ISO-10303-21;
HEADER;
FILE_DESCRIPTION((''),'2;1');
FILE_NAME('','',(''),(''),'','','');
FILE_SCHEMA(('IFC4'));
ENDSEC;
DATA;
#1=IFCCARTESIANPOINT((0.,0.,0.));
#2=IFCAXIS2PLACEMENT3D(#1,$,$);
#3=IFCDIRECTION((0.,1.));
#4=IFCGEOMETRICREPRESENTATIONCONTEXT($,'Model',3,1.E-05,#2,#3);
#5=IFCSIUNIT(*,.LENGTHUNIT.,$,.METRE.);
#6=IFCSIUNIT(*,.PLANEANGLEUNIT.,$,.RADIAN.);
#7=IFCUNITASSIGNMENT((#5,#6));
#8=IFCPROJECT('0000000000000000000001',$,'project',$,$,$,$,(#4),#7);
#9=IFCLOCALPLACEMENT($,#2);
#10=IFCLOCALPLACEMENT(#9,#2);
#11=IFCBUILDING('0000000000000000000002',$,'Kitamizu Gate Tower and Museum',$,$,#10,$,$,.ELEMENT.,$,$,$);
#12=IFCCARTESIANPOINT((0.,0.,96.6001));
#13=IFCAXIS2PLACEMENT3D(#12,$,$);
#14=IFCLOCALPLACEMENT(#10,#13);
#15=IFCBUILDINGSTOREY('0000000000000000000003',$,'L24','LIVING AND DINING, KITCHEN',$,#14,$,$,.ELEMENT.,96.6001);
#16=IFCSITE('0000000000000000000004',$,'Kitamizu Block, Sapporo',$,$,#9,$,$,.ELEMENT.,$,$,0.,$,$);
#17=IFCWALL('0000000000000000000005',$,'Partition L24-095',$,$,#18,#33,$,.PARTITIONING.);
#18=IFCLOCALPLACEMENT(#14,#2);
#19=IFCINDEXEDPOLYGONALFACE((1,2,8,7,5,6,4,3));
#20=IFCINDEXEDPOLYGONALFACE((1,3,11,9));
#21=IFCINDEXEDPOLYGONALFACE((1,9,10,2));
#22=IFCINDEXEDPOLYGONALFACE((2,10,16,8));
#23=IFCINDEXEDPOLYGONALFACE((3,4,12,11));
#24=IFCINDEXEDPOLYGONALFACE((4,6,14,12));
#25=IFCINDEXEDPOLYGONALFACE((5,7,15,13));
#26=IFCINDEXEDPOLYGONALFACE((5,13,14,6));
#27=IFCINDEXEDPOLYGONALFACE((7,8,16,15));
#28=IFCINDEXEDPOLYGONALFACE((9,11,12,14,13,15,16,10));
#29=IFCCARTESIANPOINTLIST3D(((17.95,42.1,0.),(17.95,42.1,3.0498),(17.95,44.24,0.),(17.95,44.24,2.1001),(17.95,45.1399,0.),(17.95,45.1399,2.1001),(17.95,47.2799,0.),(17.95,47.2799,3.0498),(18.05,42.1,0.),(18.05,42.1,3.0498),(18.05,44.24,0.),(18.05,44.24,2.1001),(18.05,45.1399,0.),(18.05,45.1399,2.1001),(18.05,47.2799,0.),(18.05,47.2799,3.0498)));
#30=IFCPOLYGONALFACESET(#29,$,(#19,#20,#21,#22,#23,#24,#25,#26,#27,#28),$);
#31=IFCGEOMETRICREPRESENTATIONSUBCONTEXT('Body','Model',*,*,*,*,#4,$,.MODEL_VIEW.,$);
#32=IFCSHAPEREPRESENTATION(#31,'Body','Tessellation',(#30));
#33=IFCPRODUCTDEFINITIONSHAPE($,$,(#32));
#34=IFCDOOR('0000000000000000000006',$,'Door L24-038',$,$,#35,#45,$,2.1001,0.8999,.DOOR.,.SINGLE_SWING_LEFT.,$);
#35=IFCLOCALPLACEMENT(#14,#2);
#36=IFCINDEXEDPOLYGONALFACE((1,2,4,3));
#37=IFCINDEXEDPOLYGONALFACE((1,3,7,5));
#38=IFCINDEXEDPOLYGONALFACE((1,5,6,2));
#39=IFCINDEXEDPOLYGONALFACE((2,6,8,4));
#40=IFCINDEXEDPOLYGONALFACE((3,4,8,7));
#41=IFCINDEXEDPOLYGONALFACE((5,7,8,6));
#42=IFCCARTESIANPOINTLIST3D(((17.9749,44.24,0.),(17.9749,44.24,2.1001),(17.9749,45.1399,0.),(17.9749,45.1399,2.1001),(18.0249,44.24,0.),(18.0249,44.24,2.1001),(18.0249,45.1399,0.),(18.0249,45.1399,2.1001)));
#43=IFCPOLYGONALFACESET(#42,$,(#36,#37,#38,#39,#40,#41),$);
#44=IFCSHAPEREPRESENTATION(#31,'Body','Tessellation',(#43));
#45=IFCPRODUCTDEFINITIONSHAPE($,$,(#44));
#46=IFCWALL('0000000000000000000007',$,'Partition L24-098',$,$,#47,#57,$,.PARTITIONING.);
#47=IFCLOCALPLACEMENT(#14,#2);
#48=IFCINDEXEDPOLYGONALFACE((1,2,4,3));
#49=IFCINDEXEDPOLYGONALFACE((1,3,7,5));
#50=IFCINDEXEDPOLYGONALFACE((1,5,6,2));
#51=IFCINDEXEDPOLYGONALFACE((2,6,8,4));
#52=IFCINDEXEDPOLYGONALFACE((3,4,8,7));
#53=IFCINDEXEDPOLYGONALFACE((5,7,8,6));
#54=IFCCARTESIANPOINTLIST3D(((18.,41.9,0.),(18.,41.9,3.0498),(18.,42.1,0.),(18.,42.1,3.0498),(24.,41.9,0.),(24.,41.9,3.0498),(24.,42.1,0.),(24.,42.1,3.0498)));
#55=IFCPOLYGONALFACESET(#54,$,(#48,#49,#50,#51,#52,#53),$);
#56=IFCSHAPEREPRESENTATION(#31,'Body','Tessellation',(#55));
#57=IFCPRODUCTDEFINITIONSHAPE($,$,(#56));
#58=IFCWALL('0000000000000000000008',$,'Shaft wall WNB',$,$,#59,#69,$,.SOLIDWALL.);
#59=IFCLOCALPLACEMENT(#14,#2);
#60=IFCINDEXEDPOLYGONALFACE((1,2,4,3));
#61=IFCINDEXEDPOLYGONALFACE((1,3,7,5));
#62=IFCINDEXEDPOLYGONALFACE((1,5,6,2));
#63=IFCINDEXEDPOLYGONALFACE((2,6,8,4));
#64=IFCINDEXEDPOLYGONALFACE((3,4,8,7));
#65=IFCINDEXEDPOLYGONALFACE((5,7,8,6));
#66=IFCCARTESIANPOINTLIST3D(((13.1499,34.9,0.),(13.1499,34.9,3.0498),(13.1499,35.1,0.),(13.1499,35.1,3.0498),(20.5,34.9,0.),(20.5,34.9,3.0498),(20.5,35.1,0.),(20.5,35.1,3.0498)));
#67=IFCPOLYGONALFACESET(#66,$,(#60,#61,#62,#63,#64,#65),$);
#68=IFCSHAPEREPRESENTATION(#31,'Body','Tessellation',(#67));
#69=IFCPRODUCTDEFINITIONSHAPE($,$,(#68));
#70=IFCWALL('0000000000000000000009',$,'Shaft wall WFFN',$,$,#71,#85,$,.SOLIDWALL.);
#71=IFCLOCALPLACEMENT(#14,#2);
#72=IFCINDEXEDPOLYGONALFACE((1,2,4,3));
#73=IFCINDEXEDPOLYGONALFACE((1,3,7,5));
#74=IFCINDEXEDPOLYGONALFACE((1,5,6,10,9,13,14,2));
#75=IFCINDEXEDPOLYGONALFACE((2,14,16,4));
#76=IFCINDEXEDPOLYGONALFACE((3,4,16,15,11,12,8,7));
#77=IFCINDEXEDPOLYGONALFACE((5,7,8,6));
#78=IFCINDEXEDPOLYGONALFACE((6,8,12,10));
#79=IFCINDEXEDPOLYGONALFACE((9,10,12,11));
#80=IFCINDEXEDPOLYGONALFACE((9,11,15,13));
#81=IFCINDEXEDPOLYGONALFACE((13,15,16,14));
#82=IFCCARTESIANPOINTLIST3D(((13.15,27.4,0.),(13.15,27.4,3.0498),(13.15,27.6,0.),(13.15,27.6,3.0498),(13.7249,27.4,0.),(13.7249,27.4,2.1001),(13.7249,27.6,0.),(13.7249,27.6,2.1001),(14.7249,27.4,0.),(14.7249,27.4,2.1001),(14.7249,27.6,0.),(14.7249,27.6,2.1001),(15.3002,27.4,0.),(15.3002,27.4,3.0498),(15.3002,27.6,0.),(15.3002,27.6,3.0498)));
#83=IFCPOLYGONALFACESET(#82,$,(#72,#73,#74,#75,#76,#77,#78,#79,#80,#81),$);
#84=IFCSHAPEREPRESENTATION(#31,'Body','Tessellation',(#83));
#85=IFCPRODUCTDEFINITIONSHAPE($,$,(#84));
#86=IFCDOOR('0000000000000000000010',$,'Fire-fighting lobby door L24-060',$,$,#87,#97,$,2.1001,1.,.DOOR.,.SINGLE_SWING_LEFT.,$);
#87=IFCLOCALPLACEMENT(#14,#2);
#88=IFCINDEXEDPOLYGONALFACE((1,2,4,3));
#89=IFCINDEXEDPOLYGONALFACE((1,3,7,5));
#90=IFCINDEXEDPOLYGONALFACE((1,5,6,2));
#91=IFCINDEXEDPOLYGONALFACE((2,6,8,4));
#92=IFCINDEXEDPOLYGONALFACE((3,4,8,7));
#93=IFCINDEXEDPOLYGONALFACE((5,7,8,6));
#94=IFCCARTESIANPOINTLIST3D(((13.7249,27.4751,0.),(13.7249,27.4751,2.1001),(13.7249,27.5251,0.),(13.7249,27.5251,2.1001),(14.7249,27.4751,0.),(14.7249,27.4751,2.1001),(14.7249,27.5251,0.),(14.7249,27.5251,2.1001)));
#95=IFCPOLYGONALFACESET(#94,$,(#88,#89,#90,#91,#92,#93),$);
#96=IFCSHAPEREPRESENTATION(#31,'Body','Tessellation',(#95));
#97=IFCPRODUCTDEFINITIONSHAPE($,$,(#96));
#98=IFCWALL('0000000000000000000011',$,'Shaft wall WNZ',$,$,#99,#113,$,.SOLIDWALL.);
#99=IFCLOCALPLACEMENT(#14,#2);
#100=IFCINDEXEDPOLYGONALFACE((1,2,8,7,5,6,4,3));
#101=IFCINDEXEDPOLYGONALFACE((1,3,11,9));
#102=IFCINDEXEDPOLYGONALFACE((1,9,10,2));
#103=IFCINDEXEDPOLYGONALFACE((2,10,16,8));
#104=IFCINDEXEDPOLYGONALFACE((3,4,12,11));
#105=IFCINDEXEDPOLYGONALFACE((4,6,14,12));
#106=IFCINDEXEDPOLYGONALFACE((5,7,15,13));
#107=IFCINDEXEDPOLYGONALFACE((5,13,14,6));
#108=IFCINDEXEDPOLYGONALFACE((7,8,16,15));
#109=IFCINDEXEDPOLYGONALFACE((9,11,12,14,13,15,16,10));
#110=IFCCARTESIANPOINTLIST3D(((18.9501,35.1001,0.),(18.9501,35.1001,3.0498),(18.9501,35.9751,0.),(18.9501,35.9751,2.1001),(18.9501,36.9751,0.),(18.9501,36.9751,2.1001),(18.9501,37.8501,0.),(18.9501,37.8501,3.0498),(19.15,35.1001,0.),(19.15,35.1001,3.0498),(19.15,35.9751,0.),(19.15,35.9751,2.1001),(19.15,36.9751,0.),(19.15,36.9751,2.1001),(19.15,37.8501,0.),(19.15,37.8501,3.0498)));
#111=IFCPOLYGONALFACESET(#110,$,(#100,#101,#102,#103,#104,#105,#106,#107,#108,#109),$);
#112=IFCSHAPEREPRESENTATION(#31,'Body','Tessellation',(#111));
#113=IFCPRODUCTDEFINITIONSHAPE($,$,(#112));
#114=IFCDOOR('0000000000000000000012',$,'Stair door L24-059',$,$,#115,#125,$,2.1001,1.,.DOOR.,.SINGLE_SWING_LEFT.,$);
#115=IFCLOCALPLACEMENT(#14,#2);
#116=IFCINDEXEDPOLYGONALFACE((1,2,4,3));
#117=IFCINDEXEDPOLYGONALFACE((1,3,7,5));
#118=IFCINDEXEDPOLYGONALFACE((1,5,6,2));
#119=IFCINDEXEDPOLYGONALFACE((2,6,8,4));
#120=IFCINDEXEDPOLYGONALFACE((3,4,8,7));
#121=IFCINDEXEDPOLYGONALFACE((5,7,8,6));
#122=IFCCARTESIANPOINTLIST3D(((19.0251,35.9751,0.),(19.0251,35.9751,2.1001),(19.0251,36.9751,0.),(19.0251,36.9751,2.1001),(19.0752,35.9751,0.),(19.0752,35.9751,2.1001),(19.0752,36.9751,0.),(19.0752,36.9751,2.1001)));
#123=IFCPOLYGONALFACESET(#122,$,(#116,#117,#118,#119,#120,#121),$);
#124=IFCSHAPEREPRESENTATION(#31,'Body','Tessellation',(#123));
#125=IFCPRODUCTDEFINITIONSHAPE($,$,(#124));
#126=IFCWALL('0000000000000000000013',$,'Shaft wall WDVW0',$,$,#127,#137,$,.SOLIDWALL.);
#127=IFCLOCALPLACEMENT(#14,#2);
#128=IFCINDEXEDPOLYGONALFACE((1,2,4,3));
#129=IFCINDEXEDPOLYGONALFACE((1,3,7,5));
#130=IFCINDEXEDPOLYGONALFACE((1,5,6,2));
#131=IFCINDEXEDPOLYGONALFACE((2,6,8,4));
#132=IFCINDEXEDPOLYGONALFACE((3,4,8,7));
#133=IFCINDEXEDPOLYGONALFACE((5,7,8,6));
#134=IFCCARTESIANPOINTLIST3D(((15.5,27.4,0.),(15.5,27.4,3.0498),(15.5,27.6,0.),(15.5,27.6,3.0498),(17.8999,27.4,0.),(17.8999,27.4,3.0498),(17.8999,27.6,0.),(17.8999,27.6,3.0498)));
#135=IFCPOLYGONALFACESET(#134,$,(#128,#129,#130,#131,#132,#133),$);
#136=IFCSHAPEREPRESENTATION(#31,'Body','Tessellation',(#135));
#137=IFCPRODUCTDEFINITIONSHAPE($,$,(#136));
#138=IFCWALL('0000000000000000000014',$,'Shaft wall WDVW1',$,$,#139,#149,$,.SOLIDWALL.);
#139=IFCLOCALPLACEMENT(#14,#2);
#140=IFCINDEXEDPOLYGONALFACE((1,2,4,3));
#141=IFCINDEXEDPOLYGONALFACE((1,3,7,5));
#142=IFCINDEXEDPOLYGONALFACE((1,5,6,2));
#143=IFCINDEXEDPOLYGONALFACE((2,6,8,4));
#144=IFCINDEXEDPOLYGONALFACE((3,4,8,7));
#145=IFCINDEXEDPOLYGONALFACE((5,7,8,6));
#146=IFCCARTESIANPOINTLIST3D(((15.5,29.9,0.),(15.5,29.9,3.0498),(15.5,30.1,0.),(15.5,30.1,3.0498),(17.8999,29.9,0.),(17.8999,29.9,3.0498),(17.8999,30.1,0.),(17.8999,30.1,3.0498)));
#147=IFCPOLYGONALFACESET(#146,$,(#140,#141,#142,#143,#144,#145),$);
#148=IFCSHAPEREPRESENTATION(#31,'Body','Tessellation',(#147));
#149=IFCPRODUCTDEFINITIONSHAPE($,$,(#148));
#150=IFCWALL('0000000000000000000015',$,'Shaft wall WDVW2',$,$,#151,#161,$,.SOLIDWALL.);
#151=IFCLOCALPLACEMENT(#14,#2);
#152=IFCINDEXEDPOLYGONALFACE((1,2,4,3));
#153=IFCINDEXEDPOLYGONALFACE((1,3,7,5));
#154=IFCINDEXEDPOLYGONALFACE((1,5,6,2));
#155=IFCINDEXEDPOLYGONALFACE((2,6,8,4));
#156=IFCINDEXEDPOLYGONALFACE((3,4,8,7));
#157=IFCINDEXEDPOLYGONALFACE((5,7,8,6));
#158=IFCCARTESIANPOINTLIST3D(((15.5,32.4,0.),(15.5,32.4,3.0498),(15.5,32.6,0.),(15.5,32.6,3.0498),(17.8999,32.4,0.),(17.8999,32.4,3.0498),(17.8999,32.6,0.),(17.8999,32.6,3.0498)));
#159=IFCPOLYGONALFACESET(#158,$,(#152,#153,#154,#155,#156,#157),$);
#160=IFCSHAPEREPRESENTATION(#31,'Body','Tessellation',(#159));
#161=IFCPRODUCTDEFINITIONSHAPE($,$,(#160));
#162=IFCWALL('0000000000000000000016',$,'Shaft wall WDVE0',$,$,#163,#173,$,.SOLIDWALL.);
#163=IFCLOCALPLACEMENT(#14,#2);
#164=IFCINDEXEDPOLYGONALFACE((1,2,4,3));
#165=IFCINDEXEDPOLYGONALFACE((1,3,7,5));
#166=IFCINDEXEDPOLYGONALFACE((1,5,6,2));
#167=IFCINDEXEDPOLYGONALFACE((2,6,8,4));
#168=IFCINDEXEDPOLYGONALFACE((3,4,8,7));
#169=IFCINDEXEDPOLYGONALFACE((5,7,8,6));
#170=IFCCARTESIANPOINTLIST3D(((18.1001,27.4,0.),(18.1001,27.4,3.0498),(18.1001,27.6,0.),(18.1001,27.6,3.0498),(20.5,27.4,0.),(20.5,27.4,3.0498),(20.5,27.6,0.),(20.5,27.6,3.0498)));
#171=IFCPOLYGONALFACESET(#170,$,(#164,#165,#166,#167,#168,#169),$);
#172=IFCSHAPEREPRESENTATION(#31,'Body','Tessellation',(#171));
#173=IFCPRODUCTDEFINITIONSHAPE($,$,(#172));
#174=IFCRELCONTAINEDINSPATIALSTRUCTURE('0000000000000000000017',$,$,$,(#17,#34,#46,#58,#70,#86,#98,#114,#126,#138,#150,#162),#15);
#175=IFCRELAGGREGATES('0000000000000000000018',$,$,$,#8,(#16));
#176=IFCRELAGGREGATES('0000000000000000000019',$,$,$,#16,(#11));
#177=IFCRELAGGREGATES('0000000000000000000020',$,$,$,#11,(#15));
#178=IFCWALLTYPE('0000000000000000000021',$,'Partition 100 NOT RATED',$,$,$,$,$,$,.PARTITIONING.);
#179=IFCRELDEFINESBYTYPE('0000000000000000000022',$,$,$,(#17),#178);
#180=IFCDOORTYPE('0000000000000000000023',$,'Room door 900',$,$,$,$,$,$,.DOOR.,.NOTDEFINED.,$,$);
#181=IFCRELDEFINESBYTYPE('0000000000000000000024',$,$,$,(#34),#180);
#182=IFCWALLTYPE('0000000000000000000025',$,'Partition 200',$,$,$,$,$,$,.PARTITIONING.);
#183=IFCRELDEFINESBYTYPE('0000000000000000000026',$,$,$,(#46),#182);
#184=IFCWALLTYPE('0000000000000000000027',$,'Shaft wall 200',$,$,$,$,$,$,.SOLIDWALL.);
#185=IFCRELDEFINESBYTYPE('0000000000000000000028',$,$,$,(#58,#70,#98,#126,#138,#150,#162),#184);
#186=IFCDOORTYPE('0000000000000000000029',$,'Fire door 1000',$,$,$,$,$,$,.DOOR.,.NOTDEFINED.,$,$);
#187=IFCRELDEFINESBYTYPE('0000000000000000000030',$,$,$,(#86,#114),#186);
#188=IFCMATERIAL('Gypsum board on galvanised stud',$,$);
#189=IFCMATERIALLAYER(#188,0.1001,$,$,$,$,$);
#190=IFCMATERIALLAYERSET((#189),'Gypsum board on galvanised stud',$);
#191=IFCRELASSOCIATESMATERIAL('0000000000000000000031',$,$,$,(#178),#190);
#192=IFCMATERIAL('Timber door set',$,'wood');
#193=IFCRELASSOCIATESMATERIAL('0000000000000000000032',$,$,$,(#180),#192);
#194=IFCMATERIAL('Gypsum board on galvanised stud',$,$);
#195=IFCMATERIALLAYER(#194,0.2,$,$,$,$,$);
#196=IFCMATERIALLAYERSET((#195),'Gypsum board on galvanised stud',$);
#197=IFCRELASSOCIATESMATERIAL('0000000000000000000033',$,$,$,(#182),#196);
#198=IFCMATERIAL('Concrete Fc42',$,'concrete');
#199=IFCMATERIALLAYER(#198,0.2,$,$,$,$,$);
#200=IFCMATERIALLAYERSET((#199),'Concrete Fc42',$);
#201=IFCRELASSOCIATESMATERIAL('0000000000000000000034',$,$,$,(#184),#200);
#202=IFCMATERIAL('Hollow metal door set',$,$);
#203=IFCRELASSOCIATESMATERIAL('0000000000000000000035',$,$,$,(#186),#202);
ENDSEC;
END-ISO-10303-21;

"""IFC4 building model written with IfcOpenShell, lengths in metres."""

from ifc_helpers import new_model, si_unit, direction, frame, frame_2d, origin, place, context, subcontext, project, spatial, rectangle, extrude, material, layer, layer_set, type_object, element, fill, save


model = new_model("IFC4")

# Units and contexts
model_context = context("Model", 3, precision=1e-05, world=origin(), true_north=direction((0.0, 1.0)))
body_context = subcontext(model_context, "Body", "Model", "MODEL_VIEW")
ifc_project = project(units=[si_unit("LENGTHUNIT", "METRE"), si_unit("PLANEANGLEUNIT", "RADIAN")], contexts=[model_context])

# Site, building, storey
site_placement = place(None, origin())
site = spatial("IfcSite", under=ifc_project, at=site_placement, Name="Kitamizu Block, Sapporo", CompositionType="ELEMENT", RefElevation=0.0)
building_placement = place(site_placement, origin())
building = spatial("IfcBuilding", under=site, at=building_placement, Name="Kitamizu Gate Tower and Museum", CompositionType="ELEMENT")
storey_placement = place(building_placement, frame((0.0, 0.0, 96.6001)))
storey = spatial("IfcBuildingStorey", under=building, at=storey_placement, Name="L24", Description="LIVING AND DINING, KITCHEN", CompositionType="ELEMENT", Elevation=96.6001)

# Wall, opening, door
ifc_material_1 = material(Name="Gypsum board on galvanised stud")
ifc_layer_1 = layer(ifc_material_1, 0.1001)
ifc_layer_set_1 = layer_set([ifc_layer_1], Name="Gypsum board on galvanised stud")
wall_type_1 = type_object("IfcWallType", Name="Partition 100 NOT RATED", PredefinedType="PARTITIONING", material=ifc_layer_set_1)
wall_1_placement = place(storey_placement, frame((18.0, 42.1001, 0.0), z_axis=(0.0, 0.0, 1.0), x_axis=(0.0, 1.0, 0.0)))
wall_1 = element("IfcWall", 1, at=wall_1_placement, inside=storey, type_object=wall_type_1, Name="Partition L24-095", PredefinedType="PARTITIONING", context=body_context, shape_type="SweptSolid", body=[
    extrude(rectangle(XDim=5.1799, YDim=0.1001, at=frame_2d((2.5898, 0.0))), origin(), (0.0, 0.0, 1.0), 3.0498),
])
opening_1_placement = place(wall_1_placement, frame((2.1399, 0.0, 0.0)))
opening_1 = element("IfcOpeningElement", 2, at=opening_1_placement, cuts=wall_1, PredefinedType="OPENING", context=body_context, shape_type="SweptSolid", body=[
    extrude(rectangle(XDim=0.8999, YDim=2.1001, at=frame_2d((0.45, 1.05))), frame((0.0, 0.0601, 0.0), z_axis=(0.0, -1.0, 0.0), x_axis=(1.0, 0.0, 0.0)), (0.0, 0.0, 1.0), 0.1201),
])
ifc_material_2 = material(Name="Timber door set", Category="wood")
door_type_1 = type_object("IfcDoorType", Name="Room door 900", OperationType="NOTDEFINED", PredefinedType="DOOR", material=ifc_material_2)
door_1_placement = place(opening_1_placement, frame((0.8999, 0.0, 0.0), x_axis=(-1.0, 0.0, 0.0)))
door_1 = element("IfcDoor", 3, at=door_1_placement, inside=storey, type_object=door_type_1, Name="Door L24-038", OperationType="SINGLE_SWING_LEFT", OverallHeight=2.1001, OverallWidth=0.8999, PredefinedType="DOOR", context=body_context, shape_type="SweptSolid", body=[
    extrude(rectangle(XDim=0.8999, YDim=2.1001, at=frame_2d((0.45, 1.05))), frame((0.0, 0.0249, 0.0), z_axis=(0.0, -1.0, 0.0), x_axis=(1.0, 0.0, 0.0)), (0.0, 0.0, 1.0), 0.05),
])
fill(opening_1, door_1)

# Walls
ifc_material_3 = material(Name="Gypsum board on galvanised stud")
ifc_layer_2 = layer(ifc_material_3, 0.2)
ifc_layer_set_2 = layer_set([ifc_layer_2], Name="Gypsum board on galvanised stud")
wall_type_2 = type_object("IfcWallType", Name="Partition 200", PredefinedType="PARTITIONING", material=ifc_layer_set_2)
wall_2_placement = place(storey_placement, frame((18.0, 42.0, 0.0), z_axis=(0.0, 0.0, 1.0), x_axis=(1.0, 0.0, 0.0)))
element("IfcWall", 4, at=wall_2_placement, inside=storey, type_object=wall_type_2, Name="Partition L24-098", PredefinedType="PARTITIONING", context=body_context, shape_type="SweptSolid", body=[
    extrude(rectangle(XDim=6.0, YDim=0.2, at=frame_2d((3.0, 0.0))), origin(), (0.0, 0.0, 1.0), 3.0498),
])
ifc_material_4 = material(Name="Concrete Fc42", Category="concrete")
ifc_layer_3 = layer(ifc_material_4, 0.2)
ifc_layer_set_3 = layer_set([ifc_layer_3], Name="Concrete Fc42")
wall_type_3 = type_object("IfcWallType", Name="Shaft wall 200", PredefinedType="SOLIDWALL", material=ifc_layer_set_3)
wall_3_placement = place(storey_placement, frame((13.1499, 35.0, 0.0), z_axis=(0.0, 0.0, 1.0), x_axis=(1.0, 0.0, 0.0)))
element("IfcWall", 5, at=wall_3_placement, inside=storey, type_object=wall_type_3, Name="Shaft wall WNB", PredefinedType="SOLIDWALL", context=body_context, shape_type="SweptSolid", body=[
    extrude(rectangle(XDim=7.3501, YDim=0.2, at=frame_2d((3.675, 0.0))), origin(), (0.0, 0.0, 1.0), 3.0498),
])

# Walls, openings, doors
wall_4_placement = place(storey_placement, frame((13.1499, 27.5, 0.0), z_axis=(0.0, 0.0, 1.0), x_axis=(1.0, 0.0, 0.0)))
wall_4 = element("IfcWall", 6, at=wall_4_placement, inside=storey, type_object=wall_type_3, Name="Shaft wall WFFN", PredefinedType="SOLIDWALL", context=body_context, shape_type="SweptSolid", body=[
    extrude(rectangle(XDim=2.1501, YDim=0.2, at=frame_2d((1.0752, 0.0))), origin(), (0.0, 0.0, 1.0), 3.0498),
])
opening_2_placement = place(wall_4_placement, frame((0.575, 0.0, 0.0)))
opening_2 = element("IfcOpeningElement", 7, at=opening_2_placement, cuts=wall_4, PredefinedType="OPENING", context=body_context, shape_type="SweptSolid", body=[
    extrude(rectangle(XDim=1.0, YDim=2.1001, at=frame_2d((0.5, 1.05))), frame((0.0, 0.1099, 0.0), z_axis=(0.0, -1.0, 0.0), x_axis=(1.0, 0.0, 0.0)), (0.0, 0.0, 1.0), 0.22),
])
ifc_material_5 = material(Name="Hollow metal door set")
door_type_2 = type_object("IfcDoorType", Name="Fire door 1000", OperationType="NOTDEFINED", PredefinedType="DOOR", material=ifc_material_5)
door_2_placement = place(opening_2_placement, frame((1.0, 0.0, 0.0), x_axis=(-1.0, 0.0, 0.0)))
door_2 = element("IfcDoor", 8, at=door_2_placement, inside=storey, type_object=door_type_2, Name="Fire-fighting lobby door L24-060", OperationType="SINGLE_SWING_LEFT", OverallHeight=2.1001, OverallWidth=1.0, PredefinedType="DOOR", context=body_context, shape_type="SweptSolid", body=[
    extrude(rectangle(XDim=1.0, YDim=2.1001, at=frame_2d((0.5, 1.05))), frame((0.0, 0.0249, 0.0), z_axis=(0.0, -1.0, 0.0), x_axis=(1.0, 0.0, 0.0)), (0.0, 0.0, 1.0), 0.05),
])
fill(opening_2, door_2)
wall_5_placement = place(storey_placement, frame((19.05, 35.1001, 0.0), z_axis=(0.0, 0.0, 1.0), x_axis=(0.0, 1.0, 0.0)))
wall_5 = element("IfcWall", 9, at=wall_5_placement, inside=storey, type_object=wall_type_3, Name="Shaft wall WNZ", PredefinedType="SOLIDWALL", context=body_context, shape_type="SweptSolid", body=[
    extrude(rectangle(XDim=2.75, YDim=0.2, at=frame_2d((1.375, 0.0))), origin(), (0.0, 0.0, 1.0), 3.0498),
])
opening_3_placement = place(wall_5_placement, frame((0.875, 0.0, 0.0)))
opening_3 = element("IfcOpeningElement", 10, at=opening_3_placement, cuts=wall_5, PredefinedType="OPENING", context=body_context, shape_type="SweptSolid", body=[
    extrude(rectangle(XDim=1.0, YDim=2.1001, at=frame_2d((0.5, 1.05))), frame((0.0, 0.1099, 0.0), z_axis=(0.0, -1.0, 0.0), x_axis=(1.0, 0.0, 0.0)), (0.0, 0.0, 1.0), 0.22),
])
door_3_placement = place(opening_3_placement, origin())
door_3 = element("IfcDoor", 11, at=door_3_placement, inside=storey, type_object=door_type_2, Name="Stair door L24-059", OperationType="SINGLE_SWING_LEFT", OverallHeight=2.1001, OverallWidth=1.0, PredefinedType="DOOR", context=body_context, shape_type="SweptSolid", body=[
    extrude(rectangle(XDim=1.0, YDim=2.1001, at=frame_2d((0.5, 1.05))), frame((0.0, 0.0249, 0.0), z_axis=(0.0, -1.0, 0.0), x_axis=(1.0, 0.0, 0.0)), (0.0, 0.0, 1.0), 0.05),
])
fill(opening_3, door_3)

# Walls
for number, where, z_axis, x_axis, name in (
    (12, (15.5, 27.5, 0.0), (0.0, 0.0, 1.0), (1.0, 0.0, 0.0), "Shaft wall WDVW0"),
    (13, (15.5, 30.0, 0.0), (0.0, 0.0, 1.0), (1.0, 0.0, 0.0), "Shaft wall WDVW1"),
    (14, (15.5, 32.5, 0.0), (0.0, 0.0, 1.0), (1.0, 0.0, 0.0), "Shaft wall WDVW2"),
    (15, (18.1001, 27.5, 0.0), (0.0, 0.0, 1.0), (1.0, 0.0, 0.0), "Shaft wall WDVE0"),
):
    element("IfcWall", number, at=place(storey_placement, frame(where, z_axis=z_axis, x_axis=x_axis)), inside=storey, type_object=wall_type_3, Name=name, PredefinedType="SOLIDWALL", context=body_context, shape_type="SweptSolid", body=[
        extrude(rectangle(XDim=2.3999, YDim=0.2, at=frame_2d((1.2, 0.0))), origin(), (0.0, 0.0, 1.0), 3.0498),
    ])

save(model, "model.ifc")
